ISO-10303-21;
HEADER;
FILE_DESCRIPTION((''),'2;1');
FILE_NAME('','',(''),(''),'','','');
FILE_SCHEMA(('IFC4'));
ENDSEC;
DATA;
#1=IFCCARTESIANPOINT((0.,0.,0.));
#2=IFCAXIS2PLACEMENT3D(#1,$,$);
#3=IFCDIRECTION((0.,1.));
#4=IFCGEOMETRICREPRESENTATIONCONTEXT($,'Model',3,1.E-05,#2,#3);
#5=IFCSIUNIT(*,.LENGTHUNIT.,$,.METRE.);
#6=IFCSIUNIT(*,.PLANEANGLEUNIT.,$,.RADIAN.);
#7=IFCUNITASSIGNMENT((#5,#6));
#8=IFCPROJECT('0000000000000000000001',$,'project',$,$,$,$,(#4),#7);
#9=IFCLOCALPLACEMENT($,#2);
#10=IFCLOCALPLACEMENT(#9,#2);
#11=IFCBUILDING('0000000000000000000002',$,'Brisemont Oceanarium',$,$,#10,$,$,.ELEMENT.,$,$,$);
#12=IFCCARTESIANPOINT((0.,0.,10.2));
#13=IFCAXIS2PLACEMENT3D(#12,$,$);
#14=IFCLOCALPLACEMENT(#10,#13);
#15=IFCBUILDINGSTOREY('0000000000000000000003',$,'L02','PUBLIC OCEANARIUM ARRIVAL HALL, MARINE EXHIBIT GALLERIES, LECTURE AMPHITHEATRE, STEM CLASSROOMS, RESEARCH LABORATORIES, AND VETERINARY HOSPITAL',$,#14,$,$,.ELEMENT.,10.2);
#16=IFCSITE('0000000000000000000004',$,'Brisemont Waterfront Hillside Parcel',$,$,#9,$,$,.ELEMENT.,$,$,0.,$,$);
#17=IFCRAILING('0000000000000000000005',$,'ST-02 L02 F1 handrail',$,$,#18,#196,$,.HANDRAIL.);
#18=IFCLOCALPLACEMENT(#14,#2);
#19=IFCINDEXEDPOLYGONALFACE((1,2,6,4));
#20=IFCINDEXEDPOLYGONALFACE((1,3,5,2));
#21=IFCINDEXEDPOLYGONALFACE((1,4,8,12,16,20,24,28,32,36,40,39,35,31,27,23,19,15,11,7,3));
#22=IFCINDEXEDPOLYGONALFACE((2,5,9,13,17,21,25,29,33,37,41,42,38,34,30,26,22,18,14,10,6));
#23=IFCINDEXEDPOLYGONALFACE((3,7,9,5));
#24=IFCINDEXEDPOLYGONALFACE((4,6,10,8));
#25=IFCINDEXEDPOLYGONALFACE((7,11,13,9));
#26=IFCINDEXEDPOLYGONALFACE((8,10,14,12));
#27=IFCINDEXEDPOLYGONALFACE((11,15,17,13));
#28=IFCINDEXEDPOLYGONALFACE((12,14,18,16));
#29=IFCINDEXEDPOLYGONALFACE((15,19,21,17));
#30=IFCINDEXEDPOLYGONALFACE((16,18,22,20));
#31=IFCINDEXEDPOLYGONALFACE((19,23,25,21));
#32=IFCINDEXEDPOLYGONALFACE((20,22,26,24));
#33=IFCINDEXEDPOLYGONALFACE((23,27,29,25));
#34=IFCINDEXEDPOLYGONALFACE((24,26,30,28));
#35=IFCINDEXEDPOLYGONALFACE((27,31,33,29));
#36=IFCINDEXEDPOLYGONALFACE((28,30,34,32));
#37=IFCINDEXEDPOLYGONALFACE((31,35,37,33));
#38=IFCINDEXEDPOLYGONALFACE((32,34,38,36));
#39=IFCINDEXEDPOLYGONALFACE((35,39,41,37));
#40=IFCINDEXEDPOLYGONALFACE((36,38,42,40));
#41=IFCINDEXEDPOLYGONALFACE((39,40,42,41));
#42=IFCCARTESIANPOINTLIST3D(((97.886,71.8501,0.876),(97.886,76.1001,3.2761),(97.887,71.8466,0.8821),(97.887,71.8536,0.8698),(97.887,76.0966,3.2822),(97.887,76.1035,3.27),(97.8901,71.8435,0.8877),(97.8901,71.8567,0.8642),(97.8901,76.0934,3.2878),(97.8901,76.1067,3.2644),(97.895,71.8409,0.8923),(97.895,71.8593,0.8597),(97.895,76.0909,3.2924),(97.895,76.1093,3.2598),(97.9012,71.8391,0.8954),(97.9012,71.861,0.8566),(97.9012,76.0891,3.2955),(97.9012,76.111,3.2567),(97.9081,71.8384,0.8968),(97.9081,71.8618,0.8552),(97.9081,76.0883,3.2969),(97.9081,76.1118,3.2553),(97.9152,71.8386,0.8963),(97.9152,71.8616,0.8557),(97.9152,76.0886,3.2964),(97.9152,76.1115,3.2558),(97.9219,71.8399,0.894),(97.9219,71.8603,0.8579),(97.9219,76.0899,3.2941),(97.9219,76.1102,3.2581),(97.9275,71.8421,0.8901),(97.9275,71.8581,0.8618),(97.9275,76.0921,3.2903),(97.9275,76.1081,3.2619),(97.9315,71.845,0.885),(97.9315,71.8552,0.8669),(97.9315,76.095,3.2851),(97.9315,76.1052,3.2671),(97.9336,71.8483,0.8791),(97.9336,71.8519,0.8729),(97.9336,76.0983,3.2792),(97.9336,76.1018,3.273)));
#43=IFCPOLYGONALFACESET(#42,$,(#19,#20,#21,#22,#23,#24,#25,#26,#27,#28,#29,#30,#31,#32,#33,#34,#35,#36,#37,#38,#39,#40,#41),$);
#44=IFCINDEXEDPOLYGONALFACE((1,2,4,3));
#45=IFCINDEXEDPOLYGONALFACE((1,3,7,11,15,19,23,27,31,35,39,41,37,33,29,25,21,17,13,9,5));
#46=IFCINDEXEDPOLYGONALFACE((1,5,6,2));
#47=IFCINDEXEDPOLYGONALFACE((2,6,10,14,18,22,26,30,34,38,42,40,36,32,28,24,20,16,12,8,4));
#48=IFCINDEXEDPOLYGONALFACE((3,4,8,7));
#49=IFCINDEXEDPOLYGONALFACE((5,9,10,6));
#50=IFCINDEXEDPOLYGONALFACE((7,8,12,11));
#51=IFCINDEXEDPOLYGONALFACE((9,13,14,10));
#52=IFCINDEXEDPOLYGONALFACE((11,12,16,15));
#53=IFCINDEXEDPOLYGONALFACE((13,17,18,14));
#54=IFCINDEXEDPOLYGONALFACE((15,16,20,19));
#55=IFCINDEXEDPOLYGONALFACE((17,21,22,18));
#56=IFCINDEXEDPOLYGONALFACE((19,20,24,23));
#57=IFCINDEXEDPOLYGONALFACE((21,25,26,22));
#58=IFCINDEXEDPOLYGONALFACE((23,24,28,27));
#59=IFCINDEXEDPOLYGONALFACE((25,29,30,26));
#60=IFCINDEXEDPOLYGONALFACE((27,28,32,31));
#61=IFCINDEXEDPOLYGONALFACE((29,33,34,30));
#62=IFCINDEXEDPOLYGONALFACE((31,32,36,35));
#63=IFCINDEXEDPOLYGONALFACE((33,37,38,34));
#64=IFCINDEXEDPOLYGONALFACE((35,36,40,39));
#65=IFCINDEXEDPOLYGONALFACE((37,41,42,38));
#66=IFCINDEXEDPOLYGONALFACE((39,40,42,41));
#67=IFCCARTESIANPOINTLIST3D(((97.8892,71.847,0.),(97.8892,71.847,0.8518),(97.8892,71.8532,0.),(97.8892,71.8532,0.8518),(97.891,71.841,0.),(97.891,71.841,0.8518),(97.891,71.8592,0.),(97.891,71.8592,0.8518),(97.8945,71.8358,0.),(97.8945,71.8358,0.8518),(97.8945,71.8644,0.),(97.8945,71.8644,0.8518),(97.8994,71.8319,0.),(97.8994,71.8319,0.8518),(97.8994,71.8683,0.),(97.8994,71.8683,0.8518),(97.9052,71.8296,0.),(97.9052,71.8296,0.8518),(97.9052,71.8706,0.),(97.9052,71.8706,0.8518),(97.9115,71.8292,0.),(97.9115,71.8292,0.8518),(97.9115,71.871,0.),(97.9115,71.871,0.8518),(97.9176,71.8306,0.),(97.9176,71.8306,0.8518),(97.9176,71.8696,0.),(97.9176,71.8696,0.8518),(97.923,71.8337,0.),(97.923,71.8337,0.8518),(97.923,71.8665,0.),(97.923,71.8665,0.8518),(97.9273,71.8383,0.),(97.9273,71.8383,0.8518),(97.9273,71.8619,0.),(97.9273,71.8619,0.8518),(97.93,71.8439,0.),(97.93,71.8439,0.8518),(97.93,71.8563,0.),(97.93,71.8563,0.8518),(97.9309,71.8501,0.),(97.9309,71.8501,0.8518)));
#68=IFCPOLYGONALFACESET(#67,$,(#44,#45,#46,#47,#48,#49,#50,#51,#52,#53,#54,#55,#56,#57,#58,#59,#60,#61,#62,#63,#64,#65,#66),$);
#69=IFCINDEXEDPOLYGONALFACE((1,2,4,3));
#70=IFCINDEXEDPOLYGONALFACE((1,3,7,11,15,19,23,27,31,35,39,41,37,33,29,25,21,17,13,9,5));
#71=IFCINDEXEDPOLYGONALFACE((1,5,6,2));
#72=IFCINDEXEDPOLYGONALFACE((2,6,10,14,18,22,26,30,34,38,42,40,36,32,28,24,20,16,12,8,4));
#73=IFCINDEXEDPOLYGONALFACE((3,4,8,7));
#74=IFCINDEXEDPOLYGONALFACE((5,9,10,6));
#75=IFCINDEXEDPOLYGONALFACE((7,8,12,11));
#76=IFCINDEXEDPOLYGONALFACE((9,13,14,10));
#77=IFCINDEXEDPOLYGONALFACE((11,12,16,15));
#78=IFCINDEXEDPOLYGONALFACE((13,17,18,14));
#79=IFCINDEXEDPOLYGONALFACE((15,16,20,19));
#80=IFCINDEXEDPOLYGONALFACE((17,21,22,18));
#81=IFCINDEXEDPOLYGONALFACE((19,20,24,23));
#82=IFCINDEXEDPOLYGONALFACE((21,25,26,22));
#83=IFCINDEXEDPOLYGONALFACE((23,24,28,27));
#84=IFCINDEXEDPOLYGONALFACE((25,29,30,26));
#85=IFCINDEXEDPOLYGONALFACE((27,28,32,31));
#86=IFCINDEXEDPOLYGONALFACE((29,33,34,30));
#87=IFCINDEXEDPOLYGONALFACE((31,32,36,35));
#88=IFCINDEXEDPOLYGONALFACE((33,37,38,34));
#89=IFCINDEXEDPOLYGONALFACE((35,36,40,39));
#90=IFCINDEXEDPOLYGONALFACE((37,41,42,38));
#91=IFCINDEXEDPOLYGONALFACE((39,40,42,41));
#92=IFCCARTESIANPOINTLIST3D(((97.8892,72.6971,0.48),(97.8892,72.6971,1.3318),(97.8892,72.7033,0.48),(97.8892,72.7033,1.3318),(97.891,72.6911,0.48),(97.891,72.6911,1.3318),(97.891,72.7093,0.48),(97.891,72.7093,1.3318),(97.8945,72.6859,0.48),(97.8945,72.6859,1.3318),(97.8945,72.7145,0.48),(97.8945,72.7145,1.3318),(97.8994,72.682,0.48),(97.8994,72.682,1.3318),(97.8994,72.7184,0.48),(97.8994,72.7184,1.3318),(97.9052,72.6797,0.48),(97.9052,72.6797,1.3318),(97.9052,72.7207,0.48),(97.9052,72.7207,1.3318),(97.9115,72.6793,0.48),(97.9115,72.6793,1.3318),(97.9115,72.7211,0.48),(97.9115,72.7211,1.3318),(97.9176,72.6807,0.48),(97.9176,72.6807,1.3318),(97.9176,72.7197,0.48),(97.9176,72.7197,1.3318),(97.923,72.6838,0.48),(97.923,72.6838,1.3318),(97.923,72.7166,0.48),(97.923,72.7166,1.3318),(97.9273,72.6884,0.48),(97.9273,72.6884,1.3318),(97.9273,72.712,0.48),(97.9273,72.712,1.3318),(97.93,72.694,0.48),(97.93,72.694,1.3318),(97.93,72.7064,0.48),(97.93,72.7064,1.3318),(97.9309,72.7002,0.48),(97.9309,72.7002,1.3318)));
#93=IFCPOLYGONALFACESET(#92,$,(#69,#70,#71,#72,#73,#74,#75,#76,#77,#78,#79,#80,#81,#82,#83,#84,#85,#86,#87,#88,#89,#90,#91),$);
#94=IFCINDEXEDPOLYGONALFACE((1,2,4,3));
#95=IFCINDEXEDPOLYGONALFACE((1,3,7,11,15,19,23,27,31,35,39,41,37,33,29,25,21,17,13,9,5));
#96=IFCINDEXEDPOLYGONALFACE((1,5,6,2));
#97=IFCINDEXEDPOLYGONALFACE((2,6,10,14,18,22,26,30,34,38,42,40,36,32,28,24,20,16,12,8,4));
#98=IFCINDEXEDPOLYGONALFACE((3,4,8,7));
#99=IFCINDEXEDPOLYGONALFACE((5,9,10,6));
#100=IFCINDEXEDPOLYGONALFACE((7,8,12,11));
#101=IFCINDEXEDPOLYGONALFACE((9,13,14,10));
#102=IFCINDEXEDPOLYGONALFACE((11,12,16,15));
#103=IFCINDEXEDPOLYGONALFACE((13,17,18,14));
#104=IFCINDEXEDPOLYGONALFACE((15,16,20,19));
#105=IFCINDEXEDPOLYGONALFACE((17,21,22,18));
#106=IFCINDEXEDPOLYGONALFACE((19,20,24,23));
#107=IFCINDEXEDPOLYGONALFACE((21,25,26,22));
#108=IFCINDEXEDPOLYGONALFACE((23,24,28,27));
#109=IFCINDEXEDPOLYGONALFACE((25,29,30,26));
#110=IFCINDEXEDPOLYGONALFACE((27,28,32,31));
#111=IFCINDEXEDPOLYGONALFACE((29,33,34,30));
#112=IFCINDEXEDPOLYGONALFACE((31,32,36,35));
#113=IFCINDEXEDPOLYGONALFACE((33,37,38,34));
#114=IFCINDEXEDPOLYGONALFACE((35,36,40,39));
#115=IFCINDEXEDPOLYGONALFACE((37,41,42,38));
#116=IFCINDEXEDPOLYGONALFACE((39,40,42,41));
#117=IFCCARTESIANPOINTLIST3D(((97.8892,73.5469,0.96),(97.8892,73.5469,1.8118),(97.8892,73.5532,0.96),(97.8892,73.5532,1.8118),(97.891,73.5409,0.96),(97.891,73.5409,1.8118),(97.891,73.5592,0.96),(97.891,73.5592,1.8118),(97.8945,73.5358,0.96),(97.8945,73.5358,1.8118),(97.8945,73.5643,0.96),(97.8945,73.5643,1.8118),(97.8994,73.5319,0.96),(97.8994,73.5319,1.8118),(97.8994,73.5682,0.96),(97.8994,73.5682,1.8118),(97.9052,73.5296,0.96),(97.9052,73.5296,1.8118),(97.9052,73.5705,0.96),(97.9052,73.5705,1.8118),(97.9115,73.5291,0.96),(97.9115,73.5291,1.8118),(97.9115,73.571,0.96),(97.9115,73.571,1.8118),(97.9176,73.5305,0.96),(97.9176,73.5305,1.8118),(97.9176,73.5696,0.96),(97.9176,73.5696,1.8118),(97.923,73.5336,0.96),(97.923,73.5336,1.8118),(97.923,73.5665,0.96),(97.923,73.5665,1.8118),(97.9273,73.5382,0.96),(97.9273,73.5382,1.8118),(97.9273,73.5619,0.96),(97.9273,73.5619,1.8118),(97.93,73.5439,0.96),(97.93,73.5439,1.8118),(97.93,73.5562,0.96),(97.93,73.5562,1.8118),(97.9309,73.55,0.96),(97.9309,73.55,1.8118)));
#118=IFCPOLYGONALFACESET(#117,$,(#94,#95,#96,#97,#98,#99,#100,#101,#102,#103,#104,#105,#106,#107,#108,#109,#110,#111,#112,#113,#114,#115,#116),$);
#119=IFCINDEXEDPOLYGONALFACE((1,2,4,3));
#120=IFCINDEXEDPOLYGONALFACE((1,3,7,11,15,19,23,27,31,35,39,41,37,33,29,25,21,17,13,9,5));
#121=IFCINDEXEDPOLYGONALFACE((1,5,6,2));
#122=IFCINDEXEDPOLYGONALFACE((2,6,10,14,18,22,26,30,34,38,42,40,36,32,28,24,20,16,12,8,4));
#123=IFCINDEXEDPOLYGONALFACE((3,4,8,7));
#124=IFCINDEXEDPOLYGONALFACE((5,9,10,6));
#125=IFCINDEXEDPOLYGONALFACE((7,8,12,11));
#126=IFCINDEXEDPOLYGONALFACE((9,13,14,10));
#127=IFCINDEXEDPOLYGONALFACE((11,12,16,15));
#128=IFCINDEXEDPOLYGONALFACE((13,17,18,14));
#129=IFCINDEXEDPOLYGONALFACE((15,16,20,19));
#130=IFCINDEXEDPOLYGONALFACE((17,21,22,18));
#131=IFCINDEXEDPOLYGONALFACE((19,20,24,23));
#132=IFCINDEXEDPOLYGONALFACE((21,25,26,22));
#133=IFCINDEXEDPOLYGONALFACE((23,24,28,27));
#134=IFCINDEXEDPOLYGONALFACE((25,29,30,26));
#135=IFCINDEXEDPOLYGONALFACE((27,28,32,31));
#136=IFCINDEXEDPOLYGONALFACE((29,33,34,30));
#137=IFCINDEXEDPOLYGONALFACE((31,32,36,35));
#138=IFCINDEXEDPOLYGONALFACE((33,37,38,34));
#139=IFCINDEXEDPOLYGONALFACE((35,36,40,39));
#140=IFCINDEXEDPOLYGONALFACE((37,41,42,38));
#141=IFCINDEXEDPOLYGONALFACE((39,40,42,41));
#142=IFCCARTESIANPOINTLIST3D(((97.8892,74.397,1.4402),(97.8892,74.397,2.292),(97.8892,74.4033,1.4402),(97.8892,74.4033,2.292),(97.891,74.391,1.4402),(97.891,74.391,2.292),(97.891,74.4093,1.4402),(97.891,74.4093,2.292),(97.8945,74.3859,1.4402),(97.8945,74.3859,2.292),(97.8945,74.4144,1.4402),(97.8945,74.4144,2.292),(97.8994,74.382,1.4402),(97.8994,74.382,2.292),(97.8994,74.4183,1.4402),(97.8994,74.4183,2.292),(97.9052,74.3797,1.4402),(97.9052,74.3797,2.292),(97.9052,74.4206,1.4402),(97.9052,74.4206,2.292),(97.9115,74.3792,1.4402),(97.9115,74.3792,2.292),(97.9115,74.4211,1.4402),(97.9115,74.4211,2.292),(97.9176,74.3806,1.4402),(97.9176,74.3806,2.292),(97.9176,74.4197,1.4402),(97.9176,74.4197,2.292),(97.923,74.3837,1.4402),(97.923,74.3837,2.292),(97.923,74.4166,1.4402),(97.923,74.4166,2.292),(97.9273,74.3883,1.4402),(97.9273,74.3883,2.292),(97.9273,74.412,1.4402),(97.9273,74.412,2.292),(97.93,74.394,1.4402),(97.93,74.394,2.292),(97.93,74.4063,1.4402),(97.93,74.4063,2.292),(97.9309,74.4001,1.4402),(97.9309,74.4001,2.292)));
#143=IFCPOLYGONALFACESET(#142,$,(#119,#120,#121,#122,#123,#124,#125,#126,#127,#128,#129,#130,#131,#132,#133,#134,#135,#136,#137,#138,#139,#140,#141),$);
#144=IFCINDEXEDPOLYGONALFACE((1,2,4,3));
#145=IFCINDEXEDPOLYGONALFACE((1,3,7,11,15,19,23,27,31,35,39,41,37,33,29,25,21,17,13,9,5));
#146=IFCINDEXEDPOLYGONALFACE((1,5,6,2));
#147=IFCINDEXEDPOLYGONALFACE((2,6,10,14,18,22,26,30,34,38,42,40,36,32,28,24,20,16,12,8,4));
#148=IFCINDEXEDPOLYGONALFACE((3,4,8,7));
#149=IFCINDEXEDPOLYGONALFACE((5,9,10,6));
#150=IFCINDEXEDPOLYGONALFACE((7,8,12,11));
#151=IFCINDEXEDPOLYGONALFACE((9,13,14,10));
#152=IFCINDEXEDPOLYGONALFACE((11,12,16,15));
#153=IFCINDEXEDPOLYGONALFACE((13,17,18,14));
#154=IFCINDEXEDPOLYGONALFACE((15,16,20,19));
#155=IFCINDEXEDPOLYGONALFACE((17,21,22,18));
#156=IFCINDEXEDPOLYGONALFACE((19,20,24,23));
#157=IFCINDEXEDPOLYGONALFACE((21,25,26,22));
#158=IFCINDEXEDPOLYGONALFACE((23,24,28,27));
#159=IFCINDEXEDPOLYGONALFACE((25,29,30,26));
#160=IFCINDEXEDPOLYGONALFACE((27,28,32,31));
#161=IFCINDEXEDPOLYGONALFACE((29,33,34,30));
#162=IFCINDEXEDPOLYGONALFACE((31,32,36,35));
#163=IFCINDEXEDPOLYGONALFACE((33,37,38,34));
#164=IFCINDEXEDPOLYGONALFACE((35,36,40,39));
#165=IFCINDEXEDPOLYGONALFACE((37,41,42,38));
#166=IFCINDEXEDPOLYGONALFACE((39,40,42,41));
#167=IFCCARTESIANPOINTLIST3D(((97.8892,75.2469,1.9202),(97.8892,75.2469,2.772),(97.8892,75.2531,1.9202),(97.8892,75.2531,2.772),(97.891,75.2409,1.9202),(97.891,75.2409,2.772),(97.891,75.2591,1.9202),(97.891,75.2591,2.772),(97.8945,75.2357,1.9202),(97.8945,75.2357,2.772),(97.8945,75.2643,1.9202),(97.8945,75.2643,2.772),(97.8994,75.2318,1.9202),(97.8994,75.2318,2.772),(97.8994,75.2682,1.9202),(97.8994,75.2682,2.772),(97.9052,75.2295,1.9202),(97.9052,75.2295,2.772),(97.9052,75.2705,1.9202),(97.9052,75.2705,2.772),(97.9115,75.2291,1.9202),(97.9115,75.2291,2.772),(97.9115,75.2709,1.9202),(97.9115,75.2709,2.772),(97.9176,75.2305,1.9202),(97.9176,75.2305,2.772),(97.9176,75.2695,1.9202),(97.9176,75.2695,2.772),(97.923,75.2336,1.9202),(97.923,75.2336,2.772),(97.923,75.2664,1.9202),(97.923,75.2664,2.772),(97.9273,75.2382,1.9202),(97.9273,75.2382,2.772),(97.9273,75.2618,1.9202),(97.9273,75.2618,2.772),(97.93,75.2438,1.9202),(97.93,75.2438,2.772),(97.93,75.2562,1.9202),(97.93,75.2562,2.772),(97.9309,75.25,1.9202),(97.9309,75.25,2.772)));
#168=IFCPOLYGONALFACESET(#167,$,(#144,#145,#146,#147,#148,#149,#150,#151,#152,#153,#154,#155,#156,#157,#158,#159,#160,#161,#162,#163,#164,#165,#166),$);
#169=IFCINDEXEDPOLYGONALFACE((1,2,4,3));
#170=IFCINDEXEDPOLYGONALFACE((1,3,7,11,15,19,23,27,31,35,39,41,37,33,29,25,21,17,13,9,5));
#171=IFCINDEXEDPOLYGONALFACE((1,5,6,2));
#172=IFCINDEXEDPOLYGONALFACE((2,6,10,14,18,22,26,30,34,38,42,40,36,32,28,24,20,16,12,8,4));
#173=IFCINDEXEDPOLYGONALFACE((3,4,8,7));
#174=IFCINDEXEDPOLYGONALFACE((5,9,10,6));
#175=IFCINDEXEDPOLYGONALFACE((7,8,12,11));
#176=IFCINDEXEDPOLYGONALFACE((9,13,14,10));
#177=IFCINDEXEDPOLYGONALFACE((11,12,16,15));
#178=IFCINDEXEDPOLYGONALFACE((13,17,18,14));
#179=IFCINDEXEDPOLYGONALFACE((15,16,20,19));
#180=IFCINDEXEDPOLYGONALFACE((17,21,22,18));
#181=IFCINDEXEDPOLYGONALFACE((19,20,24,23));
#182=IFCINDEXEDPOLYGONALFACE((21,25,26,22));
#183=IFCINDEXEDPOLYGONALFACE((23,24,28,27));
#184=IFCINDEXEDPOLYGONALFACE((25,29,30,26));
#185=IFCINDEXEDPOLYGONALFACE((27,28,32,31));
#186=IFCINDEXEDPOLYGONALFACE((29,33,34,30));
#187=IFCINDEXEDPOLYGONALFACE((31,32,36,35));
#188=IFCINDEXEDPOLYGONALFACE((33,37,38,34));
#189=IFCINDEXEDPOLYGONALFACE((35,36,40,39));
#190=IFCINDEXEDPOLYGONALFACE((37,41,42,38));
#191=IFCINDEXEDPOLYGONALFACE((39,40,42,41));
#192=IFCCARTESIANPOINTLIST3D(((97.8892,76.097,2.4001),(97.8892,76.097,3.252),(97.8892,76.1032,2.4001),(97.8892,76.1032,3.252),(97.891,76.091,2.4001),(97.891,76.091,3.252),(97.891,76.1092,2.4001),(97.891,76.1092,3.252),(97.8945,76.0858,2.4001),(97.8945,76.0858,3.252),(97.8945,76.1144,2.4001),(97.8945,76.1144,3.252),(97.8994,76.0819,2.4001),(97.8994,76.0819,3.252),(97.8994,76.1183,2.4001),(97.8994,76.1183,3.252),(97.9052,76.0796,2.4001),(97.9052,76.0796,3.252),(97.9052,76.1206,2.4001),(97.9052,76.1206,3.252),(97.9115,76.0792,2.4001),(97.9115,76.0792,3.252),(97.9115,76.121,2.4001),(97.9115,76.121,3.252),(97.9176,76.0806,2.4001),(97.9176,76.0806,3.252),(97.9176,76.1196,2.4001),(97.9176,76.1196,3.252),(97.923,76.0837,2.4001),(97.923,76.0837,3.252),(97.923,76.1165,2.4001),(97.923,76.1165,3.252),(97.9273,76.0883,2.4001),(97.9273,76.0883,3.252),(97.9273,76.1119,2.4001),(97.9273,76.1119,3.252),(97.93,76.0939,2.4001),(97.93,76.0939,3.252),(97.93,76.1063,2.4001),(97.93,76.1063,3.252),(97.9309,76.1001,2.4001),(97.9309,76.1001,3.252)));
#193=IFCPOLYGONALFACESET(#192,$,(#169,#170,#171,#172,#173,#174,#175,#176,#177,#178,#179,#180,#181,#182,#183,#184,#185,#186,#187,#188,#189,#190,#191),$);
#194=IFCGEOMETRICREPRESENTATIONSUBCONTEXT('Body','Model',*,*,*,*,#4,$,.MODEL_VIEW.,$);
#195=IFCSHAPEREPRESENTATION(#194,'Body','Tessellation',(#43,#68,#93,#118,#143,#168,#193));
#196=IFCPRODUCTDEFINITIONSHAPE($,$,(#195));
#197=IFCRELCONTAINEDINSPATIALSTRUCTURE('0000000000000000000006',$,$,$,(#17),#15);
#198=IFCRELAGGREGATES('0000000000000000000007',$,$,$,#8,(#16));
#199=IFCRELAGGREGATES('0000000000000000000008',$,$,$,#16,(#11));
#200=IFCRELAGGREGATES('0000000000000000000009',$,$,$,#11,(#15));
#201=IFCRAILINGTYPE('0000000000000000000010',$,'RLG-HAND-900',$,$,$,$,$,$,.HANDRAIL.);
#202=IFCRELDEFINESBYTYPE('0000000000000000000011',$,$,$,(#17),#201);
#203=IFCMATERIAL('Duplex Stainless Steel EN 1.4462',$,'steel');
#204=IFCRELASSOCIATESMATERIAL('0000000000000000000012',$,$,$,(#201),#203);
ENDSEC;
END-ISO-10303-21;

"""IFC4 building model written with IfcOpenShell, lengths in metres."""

from ifc_helpers import new_model, si_unit, direction, frame, origin, origin_2d, place, context, subcontext, project, spatial, circle, extrude, material, type_object, element, save


model = new_model("IFC4")

# Units and contexts
model_context = context("Model", 3, precision=1e-05, world=origin(), true_north=direction((0.0, 1.0)))
body_context = subcontext(model_context, "Body", "Model", "MODEL_VIEW")
ifc_project = project(units=[si_unit("LENGTHUNIT", "METRE"), si_unit("PLANEANGLEUNIT", "RADIAN")], contexts=[model_context])

# Site, building, storey
site_placement = place(None, origin())
site = spatial("IfcSite", under=ifc_project, at=site_placement, Name="Brisemont Waterfront Hillside Parcel", CompositionType="ELEMENT", RefElevation=0.0)
building_placement = place(site_placement, origin())
building = spatial("IfcBuilding", under=site, at=building_placement, Name="Brisemont Oceanarium", CompositionType="ELEMENT")
storey_placement = place(building_placement, frame((0.0, 0.0, 10.2)))
storey = spatial("IfcBuildingStorey", under=building, at=storey_placement, Name="L02", Description="PUBLIC OCEANARIUM ARRIVAL HALL, MARINE EXHIBIT GALLERIES, LECTURE AMPHITHEATRE, STEM CLASSROOMS, RESEARCH LABORATORIES, AND VETERINARY HOSPITAL", CompositionType="ELEMENT", Elevation=10.2)

# Railing
ifc_material_1 = material(Name="Duplex Stainless Steel EN 1.4462", Category="steel")
railing_type_1 = type_object("IfcRailingType", Name="RLG-HAND-900", PredefinedType="HANDRAIL", material=ifc_material_1)
railing_1_placement = place(storey_placement, frame((97.9099, 71.8501, 0.0)))
element("IfcRailing", 1, at=railing_1_placement, inside=storey, type_object=railing_type_1, Name="ST-02 L02 F1 handrail", PredefinedType="HANDRAIL", context=body_context, shape_type="SweptSolid", body=[
    extrude(circle(Radius=0.0239, at=origin_2d()), frame((0.0, 0.0, 0.876), z_axis=(0.0, 0.870741, 0.491742), x_axis=(-1.0, 0.0, 0.0)), (0.0, 0.0, 1.0), 4.8809),
    extrude(circle(Radius=0.021, at=origin_2d()), origin(), (0.0, 0.0, 1.0), 0.8518),
    extrude(circle(Radius=0.021, at=origin_2d()), frame((0.0, 0.8501, 0.48)), (0.0, 0.0, 1.0), 0.8518),
    extrude(circle(Radius=0.021, at=origin_2d()), frame((0.0, 1.7, 0.96)), (0.0, 0.0, 1.0), 0.8518),
    extrude(circle(Radius=0.021, at=origin_2d()), frame((0.0, 2.55, 1.4402)), (0.0, 0.0, 1.0), 0.8518),
    extrude(circle(Radius=0.021, at=origin_2d()), frame((0.0, 3.3999, 1.9202)), (0.0, 0.0, 1.0), 0.8518),
    extrude(circle(Radius=0.021, at=origin_2d()), frame((0.0, 4.25, 2.4001)), (0.0, 0.0, 1.0), 0.8518),
])

save(model, "model.ifc")
